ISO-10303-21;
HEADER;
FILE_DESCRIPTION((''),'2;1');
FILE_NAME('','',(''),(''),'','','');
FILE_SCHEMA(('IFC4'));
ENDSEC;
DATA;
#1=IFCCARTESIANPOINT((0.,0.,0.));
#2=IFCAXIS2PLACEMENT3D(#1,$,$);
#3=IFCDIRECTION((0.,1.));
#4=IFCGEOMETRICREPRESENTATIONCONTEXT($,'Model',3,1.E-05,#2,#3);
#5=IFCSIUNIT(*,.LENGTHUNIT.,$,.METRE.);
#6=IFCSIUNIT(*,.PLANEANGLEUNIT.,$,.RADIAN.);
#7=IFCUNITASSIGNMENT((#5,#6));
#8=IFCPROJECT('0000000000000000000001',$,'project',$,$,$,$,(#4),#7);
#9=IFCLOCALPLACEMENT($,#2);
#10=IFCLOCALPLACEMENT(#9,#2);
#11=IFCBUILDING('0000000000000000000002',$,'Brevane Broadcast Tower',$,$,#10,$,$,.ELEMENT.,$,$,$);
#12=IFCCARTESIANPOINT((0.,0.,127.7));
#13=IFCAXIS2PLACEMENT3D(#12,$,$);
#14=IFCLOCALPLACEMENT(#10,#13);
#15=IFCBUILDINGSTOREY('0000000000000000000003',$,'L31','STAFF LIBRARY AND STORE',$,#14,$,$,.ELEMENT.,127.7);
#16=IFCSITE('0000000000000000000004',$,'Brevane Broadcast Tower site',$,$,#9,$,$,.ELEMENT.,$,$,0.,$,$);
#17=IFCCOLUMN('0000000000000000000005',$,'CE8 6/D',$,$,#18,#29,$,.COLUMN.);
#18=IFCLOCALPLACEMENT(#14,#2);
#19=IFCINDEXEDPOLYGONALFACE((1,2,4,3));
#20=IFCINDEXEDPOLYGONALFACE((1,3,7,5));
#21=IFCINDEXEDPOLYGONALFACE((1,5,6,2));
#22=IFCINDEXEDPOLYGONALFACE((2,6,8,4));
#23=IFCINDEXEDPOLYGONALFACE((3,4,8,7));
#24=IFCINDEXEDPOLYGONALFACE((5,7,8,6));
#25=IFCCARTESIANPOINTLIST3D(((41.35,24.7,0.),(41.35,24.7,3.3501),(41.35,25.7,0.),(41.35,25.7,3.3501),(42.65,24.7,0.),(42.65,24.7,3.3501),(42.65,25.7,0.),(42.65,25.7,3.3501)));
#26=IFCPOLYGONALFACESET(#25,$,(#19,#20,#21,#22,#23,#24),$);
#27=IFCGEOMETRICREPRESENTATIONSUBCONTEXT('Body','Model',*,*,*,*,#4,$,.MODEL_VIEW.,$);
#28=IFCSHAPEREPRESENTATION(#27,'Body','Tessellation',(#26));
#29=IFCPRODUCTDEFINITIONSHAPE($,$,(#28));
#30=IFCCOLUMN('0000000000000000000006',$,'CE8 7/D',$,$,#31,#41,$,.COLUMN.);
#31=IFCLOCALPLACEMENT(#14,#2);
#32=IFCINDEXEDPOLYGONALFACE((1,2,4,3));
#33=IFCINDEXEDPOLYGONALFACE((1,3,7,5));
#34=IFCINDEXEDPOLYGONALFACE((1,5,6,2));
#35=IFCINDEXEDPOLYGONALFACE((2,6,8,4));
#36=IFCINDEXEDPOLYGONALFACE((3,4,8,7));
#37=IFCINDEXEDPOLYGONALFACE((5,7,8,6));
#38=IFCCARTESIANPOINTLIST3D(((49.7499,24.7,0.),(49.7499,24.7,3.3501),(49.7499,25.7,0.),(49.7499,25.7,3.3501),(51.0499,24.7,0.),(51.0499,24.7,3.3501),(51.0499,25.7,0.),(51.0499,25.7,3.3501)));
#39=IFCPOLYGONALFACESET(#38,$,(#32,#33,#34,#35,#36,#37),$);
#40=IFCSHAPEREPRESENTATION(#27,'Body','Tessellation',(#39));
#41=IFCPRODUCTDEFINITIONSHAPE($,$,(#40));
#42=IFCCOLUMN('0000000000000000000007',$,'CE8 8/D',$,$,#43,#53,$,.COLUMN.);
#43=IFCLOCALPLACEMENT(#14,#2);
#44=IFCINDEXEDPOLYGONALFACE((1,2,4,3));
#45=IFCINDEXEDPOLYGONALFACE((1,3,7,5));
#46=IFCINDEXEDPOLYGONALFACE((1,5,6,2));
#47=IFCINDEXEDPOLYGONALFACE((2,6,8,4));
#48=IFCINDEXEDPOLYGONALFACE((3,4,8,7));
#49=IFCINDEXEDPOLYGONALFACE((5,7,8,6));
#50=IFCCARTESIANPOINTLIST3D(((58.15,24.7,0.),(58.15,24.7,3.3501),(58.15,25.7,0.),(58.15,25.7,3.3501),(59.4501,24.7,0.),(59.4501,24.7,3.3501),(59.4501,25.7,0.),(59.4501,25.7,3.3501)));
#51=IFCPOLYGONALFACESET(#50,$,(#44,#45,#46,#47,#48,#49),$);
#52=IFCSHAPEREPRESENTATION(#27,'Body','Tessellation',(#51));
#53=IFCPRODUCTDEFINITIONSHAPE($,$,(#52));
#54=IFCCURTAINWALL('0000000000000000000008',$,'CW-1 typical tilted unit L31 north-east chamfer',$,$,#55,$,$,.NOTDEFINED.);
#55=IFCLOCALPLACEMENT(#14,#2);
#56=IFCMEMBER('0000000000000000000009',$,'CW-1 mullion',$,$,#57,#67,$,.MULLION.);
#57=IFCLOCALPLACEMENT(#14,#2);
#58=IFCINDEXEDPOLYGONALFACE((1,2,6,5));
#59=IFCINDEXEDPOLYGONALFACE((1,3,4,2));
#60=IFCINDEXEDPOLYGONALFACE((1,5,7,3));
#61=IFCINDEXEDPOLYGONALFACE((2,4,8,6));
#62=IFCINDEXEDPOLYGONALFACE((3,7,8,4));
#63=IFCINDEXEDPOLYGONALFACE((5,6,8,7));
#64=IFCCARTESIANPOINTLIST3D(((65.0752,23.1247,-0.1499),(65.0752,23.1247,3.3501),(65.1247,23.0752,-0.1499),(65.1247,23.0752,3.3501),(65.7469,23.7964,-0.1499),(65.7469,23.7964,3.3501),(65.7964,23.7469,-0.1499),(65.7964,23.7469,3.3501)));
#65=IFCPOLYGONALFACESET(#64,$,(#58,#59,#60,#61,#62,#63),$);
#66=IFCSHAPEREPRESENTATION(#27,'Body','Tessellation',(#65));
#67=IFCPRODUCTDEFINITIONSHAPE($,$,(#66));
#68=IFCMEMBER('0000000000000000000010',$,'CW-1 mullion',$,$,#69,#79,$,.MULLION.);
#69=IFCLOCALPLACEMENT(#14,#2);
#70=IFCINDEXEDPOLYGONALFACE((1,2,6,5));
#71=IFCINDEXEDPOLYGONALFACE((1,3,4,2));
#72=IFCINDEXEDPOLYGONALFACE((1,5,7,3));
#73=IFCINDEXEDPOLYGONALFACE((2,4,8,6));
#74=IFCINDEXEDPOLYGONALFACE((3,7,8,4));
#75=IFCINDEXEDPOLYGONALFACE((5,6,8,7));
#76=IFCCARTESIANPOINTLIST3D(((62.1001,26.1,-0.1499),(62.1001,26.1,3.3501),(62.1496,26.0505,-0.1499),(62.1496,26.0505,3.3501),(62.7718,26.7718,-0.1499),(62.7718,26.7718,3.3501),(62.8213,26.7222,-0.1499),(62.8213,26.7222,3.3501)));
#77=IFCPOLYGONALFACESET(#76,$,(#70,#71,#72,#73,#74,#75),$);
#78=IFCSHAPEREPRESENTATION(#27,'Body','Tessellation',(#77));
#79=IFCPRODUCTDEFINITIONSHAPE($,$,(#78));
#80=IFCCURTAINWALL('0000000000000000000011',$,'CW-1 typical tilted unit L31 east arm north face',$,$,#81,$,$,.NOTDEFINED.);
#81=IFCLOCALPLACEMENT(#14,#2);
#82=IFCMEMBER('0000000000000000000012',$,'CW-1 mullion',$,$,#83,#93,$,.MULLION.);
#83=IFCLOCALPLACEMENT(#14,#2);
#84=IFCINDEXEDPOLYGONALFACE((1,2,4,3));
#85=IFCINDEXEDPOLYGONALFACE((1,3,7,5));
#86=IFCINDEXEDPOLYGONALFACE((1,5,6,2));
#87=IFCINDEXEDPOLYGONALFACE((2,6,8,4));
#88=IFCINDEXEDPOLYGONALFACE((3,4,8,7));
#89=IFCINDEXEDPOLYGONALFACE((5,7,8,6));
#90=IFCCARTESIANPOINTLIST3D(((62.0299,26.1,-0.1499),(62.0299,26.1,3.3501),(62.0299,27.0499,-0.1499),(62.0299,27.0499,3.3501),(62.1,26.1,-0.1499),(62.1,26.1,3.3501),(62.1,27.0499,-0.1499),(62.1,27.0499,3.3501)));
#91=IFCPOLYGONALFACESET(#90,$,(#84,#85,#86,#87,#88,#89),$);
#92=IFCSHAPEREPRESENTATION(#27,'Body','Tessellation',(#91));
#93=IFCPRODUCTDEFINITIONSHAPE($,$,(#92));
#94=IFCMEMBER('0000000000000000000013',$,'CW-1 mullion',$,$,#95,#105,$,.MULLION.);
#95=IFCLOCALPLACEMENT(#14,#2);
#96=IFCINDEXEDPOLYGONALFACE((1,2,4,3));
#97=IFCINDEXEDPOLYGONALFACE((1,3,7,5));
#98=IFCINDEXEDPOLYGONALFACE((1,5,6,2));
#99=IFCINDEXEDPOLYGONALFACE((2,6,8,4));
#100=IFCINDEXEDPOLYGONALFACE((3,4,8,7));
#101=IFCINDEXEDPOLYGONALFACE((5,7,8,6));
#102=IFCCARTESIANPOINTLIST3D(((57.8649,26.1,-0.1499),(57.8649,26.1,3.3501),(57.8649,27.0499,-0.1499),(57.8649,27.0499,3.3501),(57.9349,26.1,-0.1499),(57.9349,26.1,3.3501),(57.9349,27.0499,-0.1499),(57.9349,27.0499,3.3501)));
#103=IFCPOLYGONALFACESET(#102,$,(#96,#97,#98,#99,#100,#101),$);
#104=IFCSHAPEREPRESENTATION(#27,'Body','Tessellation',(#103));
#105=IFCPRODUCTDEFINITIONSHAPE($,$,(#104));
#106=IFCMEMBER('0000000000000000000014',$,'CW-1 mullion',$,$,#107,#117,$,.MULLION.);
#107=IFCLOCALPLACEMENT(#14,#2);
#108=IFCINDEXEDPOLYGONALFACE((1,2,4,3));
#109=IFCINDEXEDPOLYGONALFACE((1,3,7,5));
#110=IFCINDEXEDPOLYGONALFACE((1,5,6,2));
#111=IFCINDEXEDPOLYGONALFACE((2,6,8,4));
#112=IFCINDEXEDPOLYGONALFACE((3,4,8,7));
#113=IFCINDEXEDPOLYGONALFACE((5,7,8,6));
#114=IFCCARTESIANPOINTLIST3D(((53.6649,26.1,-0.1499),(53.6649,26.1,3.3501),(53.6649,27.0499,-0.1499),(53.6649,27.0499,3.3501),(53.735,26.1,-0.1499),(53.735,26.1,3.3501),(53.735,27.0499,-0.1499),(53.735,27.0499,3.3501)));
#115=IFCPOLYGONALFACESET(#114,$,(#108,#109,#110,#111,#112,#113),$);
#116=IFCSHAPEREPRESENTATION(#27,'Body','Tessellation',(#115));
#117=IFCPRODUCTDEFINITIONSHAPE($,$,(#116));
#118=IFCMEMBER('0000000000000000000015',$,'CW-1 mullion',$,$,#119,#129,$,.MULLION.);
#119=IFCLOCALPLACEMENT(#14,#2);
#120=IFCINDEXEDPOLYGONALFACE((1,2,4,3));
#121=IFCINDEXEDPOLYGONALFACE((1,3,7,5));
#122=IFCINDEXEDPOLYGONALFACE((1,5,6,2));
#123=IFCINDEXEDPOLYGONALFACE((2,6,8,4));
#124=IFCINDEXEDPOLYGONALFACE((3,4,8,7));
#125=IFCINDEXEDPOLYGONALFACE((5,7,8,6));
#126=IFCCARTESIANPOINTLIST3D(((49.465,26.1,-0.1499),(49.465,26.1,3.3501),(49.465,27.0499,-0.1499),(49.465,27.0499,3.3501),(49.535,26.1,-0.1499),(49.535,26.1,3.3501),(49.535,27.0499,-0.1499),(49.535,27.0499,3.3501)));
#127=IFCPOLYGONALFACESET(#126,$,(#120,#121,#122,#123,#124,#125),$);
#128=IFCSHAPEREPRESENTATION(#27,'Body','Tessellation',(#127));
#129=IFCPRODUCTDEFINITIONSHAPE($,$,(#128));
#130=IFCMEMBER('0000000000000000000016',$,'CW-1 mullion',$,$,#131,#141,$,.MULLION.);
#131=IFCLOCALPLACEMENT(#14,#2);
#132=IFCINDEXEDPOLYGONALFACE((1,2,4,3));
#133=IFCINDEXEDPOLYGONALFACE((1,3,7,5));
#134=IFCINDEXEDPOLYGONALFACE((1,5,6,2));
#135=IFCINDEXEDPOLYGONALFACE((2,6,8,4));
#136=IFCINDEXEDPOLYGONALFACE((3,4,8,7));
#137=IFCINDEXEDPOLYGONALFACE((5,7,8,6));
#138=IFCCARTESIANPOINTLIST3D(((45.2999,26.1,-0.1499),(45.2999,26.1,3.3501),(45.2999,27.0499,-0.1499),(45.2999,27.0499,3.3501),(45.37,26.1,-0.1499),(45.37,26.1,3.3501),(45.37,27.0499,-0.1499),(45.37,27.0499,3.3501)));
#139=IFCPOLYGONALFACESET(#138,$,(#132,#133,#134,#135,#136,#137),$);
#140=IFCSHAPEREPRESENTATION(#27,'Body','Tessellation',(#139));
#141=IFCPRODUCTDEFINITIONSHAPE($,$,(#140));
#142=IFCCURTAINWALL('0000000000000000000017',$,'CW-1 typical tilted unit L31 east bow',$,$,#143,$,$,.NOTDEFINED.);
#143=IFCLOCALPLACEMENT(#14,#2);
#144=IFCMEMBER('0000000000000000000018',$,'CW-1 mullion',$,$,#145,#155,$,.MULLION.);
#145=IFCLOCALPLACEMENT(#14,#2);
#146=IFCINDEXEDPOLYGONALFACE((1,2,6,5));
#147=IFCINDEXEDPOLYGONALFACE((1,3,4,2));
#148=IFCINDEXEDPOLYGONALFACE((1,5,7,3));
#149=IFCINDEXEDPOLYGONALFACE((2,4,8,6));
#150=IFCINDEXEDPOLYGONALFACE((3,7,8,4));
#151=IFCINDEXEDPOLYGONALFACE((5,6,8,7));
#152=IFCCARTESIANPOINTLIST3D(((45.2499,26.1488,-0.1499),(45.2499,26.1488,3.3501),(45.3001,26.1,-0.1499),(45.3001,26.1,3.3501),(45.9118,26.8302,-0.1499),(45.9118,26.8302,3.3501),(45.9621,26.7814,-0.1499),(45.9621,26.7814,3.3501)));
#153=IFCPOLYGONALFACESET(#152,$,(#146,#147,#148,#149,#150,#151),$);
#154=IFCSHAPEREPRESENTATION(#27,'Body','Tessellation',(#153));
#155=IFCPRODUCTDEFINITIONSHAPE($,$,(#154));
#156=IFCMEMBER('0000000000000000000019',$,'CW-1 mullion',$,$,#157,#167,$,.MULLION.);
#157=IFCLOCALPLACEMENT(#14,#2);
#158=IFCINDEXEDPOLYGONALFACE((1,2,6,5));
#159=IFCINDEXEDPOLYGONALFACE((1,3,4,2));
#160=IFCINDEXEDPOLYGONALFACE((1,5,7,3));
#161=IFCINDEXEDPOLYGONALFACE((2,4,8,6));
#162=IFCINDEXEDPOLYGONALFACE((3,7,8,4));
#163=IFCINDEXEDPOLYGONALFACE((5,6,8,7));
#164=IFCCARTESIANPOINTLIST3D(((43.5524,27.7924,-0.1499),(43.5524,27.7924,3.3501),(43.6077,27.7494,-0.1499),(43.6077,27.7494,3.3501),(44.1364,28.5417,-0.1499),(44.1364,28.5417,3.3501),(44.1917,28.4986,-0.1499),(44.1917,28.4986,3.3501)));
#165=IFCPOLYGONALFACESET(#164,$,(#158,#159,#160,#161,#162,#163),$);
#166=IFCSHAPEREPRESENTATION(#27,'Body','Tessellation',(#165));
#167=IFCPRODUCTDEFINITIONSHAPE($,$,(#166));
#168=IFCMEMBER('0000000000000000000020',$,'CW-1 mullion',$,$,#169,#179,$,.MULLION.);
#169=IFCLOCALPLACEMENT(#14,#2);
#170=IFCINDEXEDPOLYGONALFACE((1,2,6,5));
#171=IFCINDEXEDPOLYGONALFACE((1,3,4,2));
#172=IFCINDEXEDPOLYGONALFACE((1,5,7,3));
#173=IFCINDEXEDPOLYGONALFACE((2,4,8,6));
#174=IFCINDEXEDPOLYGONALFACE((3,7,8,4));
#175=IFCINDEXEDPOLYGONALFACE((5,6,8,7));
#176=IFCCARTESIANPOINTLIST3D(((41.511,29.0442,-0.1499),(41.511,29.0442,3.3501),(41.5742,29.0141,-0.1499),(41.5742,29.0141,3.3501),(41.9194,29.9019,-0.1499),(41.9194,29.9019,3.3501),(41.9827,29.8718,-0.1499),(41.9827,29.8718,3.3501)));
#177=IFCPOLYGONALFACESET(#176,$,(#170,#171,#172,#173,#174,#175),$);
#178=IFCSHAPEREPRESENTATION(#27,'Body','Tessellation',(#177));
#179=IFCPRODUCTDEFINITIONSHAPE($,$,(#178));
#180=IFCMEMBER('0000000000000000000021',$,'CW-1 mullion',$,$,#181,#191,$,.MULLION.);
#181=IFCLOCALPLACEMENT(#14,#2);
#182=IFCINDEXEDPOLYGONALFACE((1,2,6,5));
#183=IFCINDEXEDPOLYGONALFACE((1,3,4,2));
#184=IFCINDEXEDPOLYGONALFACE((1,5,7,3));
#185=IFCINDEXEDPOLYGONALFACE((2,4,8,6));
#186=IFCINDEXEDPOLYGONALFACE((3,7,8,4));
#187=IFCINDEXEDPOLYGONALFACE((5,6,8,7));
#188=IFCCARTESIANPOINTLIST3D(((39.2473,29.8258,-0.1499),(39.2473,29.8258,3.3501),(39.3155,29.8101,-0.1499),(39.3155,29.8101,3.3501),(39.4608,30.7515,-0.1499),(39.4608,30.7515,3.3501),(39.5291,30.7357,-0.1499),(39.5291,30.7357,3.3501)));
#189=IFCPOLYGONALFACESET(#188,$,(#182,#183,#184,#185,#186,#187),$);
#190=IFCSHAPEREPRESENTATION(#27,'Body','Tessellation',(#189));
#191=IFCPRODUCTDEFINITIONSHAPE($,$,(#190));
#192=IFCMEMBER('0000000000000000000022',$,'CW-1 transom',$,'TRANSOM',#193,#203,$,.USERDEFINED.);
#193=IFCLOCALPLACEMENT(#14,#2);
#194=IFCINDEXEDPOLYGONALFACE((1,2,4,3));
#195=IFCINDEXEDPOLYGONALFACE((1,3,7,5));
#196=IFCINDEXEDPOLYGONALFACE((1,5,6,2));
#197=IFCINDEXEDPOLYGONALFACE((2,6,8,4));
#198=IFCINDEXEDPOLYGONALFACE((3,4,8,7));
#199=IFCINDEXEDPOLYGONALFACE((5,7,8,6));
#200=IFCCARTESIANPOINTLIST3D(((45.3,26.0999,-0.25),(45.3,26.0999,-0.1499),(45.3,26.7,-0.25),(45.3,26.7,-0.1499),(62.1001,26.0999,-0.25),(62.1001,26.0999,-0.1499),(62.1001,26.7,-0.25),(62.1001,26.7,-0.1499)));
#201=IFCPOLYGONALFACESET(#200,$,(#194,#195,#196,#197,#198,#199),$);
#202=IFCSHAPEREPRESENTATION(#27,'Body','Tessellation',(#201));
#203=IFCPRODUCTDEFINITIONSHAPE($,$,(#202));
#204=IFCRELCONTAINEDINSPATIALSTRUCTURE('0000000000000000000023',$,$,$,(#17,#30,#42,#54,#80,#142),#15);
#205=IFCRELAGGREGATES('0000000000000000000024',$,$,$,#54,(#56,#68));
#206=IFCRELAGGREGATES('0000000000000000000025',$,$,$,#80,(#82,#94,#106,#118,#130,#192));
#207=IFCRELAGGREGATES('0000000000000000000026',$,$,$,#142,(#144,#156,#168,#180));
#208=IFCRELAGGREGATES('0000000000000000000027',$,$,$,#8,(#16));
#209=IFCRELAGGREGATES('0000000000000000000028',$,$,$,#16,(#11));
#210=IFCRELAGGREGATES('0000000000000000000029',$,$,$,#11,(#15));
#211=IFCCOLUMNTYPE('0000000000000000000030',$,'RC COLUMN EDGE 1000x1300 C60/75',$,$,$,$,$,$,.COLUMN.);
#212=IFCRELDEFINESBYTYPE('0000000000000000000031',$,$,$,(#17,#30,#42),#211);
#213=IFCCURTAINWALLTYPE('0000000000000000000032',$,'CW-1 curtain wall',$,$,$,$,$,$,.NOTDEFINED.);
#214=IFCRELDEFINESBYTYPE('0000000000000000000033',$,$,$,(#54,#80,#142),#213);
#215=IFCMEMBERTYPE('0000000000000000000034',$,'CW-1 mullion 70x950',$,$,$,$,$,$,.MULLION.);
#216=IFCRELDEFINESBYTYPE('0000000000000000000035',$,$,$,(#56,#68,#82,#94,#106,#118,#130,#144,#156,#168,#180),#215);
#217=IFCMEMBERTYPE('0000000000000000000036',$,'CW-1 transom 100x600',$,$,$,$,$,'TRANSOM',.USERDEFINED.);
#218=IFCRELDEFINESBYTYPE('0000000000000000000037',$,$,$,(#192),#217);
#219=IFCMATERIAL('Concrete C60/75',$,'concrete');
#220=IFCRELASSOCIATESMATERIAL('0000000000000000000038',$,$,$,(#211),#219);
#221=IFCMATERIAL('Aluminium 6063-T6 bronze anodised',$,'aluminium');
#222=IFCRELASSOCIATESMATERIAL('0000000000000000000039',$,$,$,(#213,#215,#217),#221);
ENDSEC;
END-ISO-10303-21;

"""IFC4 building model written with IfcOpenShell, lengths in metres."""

from ifc_helpers import new_model, si_unit, direction, frame, origin, origin_2d, place, context, subcontext, project, spatial, rectangle, extrude, material, material_profile, profile_set, type_object, element, aggregate, save


model = new_model("IFC4")

# Units and contexts
model_context = context("Model", 3, precision=1e-05, world=origin(), true_north=direction((0.0, 1.0)))
body_context = subcontext(model_context, "Body", "Model", "MODEL_VIEW")
ifc_project = project(units=[si_unit("LENGTHUNIT", "METRE"), si_unit("PLANEANGLEUNIT", "RADIAN")], contexts=[model_context])

# Site, building, storey
site_placement = place(None, origin())
site = spatial("IfcSite", under=ifc_project, at=site_placement, Name="Brevane Broadcast Tower site", CompositionType="ELEMENT", RefElevation=0.0)
building_placement = place(site_placement, origin())
building = spatial("IfcBuilding", under=site, at=building_placement, Name="Brevane Broadcast Tower", CompositionType="ELEMENT")
storey_placement = place(building_placement, frame((0.0, 0.0, 127.7)))
storey = spatial("IfcBuildingStorey", under=building, at=storey_placement, Name="L31", Description="STAFF LIBRARY AND STORE", CompositionType="ELEMENT", Elevation=127.7)

# Columns
ifc_material_1 = material(Name="Concrete C60/75", Category="concrete")
ifc_material_profile_1 = material_profile(ifc_material_1, rectangle(XDim=1.0, YDim=1.3, at=origin_2d()), Name="RC 1000x1300")
ifc_profile_set_1 = profile_set([ifc_material_profile_1], Name="Concrete C60/75")
column_type = type_object("IfcColumnType", Name="RC COLUMN EDGE 1000x1300 C60/75", PredefinedType="COLUMN", material=ifc_profile_set_1)
for number, where, z_axis, x_axis, name in (
    (1, (42.0, 25.2, 0.0), (0.0, 0.0, 1.0), (0.0, 1.0, 0.0), "CE8 6/D"),
    (2, (50.3999, 25.2, 0.0), (0.0, 0.0, 1.0), (0.0, 1.0, 0.0), "CE8 7/D"),
    (3, (58.8, 25.2, 0.0), (0.0, 0.0, 1.0), (0.0, 1.0, 0.0), "CE8 8/D"),
):
    element("IfcColumn", number, at=place(storey_placement, frame(where, z_axis=z_axis, x_axis=x_axis)), inside=storey, type_object=column_type, Name=name, PredefinedType="COLUMN", context=body_context, shape_type="SweptSolid", body=[
        extrude(rectangle(XDim=1.0, YDim=1.3, at=origin_2d()), origin(), (0.0, 0.0, 1.0), 3.3501),
    ])

# Curtain walls, members
ifc_material_2 = material(Name="Aluminium 6063-T6 bronze anodised", Category="aluminium")
curtain_wall_type = type_object("IfcCurtainWallType", Name="CW-1 curtain wall", PredefinedType="NOTDEFINED", material=ifc_material_2)
curtain_wall_1_placement = place(storey_placement, origin())
curtain_wall_1 = element("IfcCurtainWall", 4, at=curtain_wall_1_placement, inside=storey, type_object=curtain_wall_type, Name="CW-1 typical tilted unit L31 north-east chamfer", PredefinedType="NOTDEFINED")
ifc_material_profile_2 = material_profile(ifc_material_2, rectangle(XDim=0.95, YDim=0.0701, at=origin_2d()), Name="RECT 70x950")
ifc_profile_set_2 = profile_set([ifc_material_profile_2], Name="Aluminium 6063-T6 bronze anodised")
member_type_1 = type_object("IfcMemberType", Name="CW-1 mullion 70x950", PredefinedType="MULLION", material=ifc_profile_set_2)
member_1_placement = place(storey_placement, frame((65.4358, 23.4358, -0.1499), z_axis=(0.0, 0.0, 1.0), x_axis=(-0.707107, -0.707107, 0.0)))
member_1 = element("IfcMember", 5, at=member_1_placement, type_object=member_type_1, Name="CW-1 mullion", PredefinedType="MULLION", context=body_context, shape_type="SweptSolid", body=[
    extrude(rectangle(XDim=0.95, YDim=0.0701, at=origin_2d()), origin(), (0.0, 0.0, 1.0), 3.5),
])
member_2_placement = place(storey_placement, frame((62.4607, 26.4111, -0.1499), z_axis=(0.0, 0.0, 1.0), x_axis=(-0.707107, -0.707107, 0.0)))
member_2 = element("IfcMember", 6, at=member_2_placement, type_object=member_type_1, Name="CW-1 mullion", PredefinedType="MULLION", context=body_context, shape_type="SweptSolid", body=[
    extrude(rectangle(XDim=0.95, YDim=0.0701, at=origin_2d()), origin(), (0.0, 0.0, 1.0), 3.5),
])
aggregate(curtain_wall_1, [member_1, member_2])
curtain_wall_2_placement = place(storey_placement, origin())
curtain_wall_2 = element("IfcCurtainWall", 7, at=curtain_wall_2_placement, inside=storey, type_object=curtain_wall_type, Name="CW-1 typical tilted unit L31 east arm north face", PredefinedType="NOTDEFINED")
member_3_placement = place(storey_placement, frame((62.0649, 26.575, -0.1499), z_axis=(0.0, 0.0, 1.0), x_axis=(0.0, -1.0, 0.0)))
member_3 = element("IfcMember", 8, at=member_3_placement, type_object=member_type_1, Name="CW-1 mullion", PredefinedType="MULLION", context=body_context, shape_type="SweptSolid", body=[
    extrude(rectangle(XDim=0.95, YDim=0.0701, at=origin_2d()), origin(), (0.0, 0.0, 1.0), 3.5),
])
member_4_placement = place(storey_placement, frame((57.8999, 26.575, -0.1499), z_axis=(0.0, 0.0, 1.0), x_axis=(0.0, -1.0, 0.0)))
member_4 = element("IfcMember", 9, at=member_4_placement, type_object=member_type_1, Name="CW-1 mullion", PredefinedType="MULLION", context=body_context, shape_type="SweptSolid", body=[
    extrude(rectangle(XDim=0.95, YDim=0.0701, at=origin_2d()), origin(), (0.0, 0.0, 1.0), 3.5),
])
member_5_placement = place(storey_placement, frame((53.7, 26.575, -0.1499), z_axis=(0.0, 0.0, 1.0), x_axis=(0.0, -1.0, 0.0)))
member_5 = element("IfcMember", 10, at=member_5_placement, type_object=member_type_1, Name="CW-1 mullion", PredefinedType="MULLION", context=body_context, shape_type="SweptSolid", body=[
    extrude(rectangle(XDim=0.95, YDim=0.0701, at=origin_2d()), origin(), (0.0, 0.0, 1.0), 3.5),
])
member_6_placement = place(storey_placement, frame((49.5, 26.575, -0.1499), z_axis=(0.0, 0.0, 1.0), x_axis=(0.0, -1.0, 0.0)))
member_6 = element("IfcMember", 11, at=member_6_placement, type_object=member_type_1, Name="CW-1 mullion", PredefinedType="MULLION", context=body_context, shape_type="SweptSolid", body=[
    extrude(rectangle(XDim=0.95, YDim=0.0701, at=origin_2d()), origin(), (0.0, 0.0, 1.0), 3.5),
])
member_7_placement = place(storey_placement, frame((45.335, 26.575, -0.1499), z_axis=(0.0, 0.0, 1.0), x_axis=(0.0, -1.0, 0.0)))
member_7 = element("IfcMember", 12, at=member_7_placement, type_object=member_type_1, Name="CW-1 mullion", PredefinedType="MULLION", context=body_context, shape_type="SweptSolid", body=[
    extrude(rectangle(XDim=0.95, YDim=0.0701, at=origin_2d()), origin(), (0.0, 0.0, 1.0), 3.5),
])
curtain_wall_3_placement = place(storey_placement, origin())
curtain_wall_3 = element("IfcCurtainWall", 13, at=curtain_wall_3_placement, inside=storey, type_object=curtain_wall_type, Name="CW-1 typical tilted unit L31 east bow", PredefinedType="NOTDEFINED")
member_8_placement = place(storey_placement, frame((45.606, 26.4651, -0.1499), z_axis=(0.0, 0.0, 1.0), x_axis=(-0.696812, -0.717254, 0.0)))
member_8 = element("IfcMember", 14, at=member_8_placement, type_object=member_type_1, Name="CW-1 mullion", PredefinedType="MULLION", context=body_context, shape_type="SweptSolid", body=[
    extrude(rectangle(XDim=0.95, YDim=0.0701, at=origin_2d()), origin(), (0.0, 0.0, 1.0), 3.5),
])
member_9_placement = place(storey_placement, frame((43.8721, 28.1455, -0.1499), z_axis=(0.0, 0.0, 1.0), x_axis=(-0.61477, -0.788707, 0.0)))
member_9 = element("IfcMember", 15, at=member_9_placement, type_object=member_type_1, Name="CW-1 mullion", PredefinedType="MULLION", context=body_context, shape_type="SweptSolid", body=[
    extrude(rectangle(XDim=0.95, YDim=0.0701, at=origin_2d()), origin(), (0.0, 0.0, 1.0), 3.5),
])
member_10_placement = place(storey_placement, frame((41.7468, 29.458, -0.1499), z_axis=(0.0, 0.0, 1.0), x_axis=(-0.429934, -0.902861, 0.0)))
member_10 = element("IfcMember", 16, at=member_10_placement, type_object=member_type_1, Name="CW-1 mullion", PredefinedType="MULLION", context=body_context, shape_type="SweptSolid", body=[
    extrude(rectangle(XDim=0.95, YDim=0.0701, at=origin_2d()), origin(), (0.0, 0.0, 1.0), 3.5),
])
member_11_placement = place(storey_placement, frame((39.3882, 30.2808, -0.1499), z_axis=(0.0, 0.0, 1.0), x_axis=(-0.224806, -0.974403, 0.0)))
member_11 = element("IfcMember", 17, at=member_11_placement, type_object=member_type_1, Name="CW-1 mullion", PredefinedType="MULLION", context=body_context, shape_type="SweptSolid", body=[
    extrude(rectangle(XDim=0.95, YDim=0.0701, at=origin_2d()), origin(), (0.0, 0.0, 1.0), 3.5),
])

# Member
ifc_material_profile_3 = material_profile(ifc_material_2, rectangle(XDim=0.6001, YDim=0.1001, at=origin_2d()), Name="RECT 100x600")
ifc_profile_set_3 = profile_set([ifc_material_profile_3], Name="Aluminium 6063-T6 bronze anodised")
member_type_2 = type_object("IfcMemberType", Name="CW-1 transom 100x600", ElementType="TRANSOM", PredefinedType="USERDEFINED", material=ifc_profile_set_3)
member_12_placement = place(storey_placement, frame((62.1001, 26.3999, -0.2), z_axis=(-1.0, 0.0, 0.0), x_axis=(0.0, -1.0, 0.0)))
member_12 = element("IfcMember", 18, at=member_12_placement, type_object=member_type_2, Name="CW-1 transom", ObjectType="TRANSOM", PredefinedType="USERDEFINED", context=body_context, shape_type="SweptSolid", body=[
    extrude(rectangle(XDim=0.6001, YDim=0.1001, at=origin_2d()), origin(), (0.0, 0.0, 1.0), 16.8),
])
aggregate(curtain_wall_2, [member_3, member_4, member_5, member_6, member_7, member_12])
aggregate(curtain_wall_3, [member_8, member_9, member_10, member_11])

save(model, "model.ifc")
